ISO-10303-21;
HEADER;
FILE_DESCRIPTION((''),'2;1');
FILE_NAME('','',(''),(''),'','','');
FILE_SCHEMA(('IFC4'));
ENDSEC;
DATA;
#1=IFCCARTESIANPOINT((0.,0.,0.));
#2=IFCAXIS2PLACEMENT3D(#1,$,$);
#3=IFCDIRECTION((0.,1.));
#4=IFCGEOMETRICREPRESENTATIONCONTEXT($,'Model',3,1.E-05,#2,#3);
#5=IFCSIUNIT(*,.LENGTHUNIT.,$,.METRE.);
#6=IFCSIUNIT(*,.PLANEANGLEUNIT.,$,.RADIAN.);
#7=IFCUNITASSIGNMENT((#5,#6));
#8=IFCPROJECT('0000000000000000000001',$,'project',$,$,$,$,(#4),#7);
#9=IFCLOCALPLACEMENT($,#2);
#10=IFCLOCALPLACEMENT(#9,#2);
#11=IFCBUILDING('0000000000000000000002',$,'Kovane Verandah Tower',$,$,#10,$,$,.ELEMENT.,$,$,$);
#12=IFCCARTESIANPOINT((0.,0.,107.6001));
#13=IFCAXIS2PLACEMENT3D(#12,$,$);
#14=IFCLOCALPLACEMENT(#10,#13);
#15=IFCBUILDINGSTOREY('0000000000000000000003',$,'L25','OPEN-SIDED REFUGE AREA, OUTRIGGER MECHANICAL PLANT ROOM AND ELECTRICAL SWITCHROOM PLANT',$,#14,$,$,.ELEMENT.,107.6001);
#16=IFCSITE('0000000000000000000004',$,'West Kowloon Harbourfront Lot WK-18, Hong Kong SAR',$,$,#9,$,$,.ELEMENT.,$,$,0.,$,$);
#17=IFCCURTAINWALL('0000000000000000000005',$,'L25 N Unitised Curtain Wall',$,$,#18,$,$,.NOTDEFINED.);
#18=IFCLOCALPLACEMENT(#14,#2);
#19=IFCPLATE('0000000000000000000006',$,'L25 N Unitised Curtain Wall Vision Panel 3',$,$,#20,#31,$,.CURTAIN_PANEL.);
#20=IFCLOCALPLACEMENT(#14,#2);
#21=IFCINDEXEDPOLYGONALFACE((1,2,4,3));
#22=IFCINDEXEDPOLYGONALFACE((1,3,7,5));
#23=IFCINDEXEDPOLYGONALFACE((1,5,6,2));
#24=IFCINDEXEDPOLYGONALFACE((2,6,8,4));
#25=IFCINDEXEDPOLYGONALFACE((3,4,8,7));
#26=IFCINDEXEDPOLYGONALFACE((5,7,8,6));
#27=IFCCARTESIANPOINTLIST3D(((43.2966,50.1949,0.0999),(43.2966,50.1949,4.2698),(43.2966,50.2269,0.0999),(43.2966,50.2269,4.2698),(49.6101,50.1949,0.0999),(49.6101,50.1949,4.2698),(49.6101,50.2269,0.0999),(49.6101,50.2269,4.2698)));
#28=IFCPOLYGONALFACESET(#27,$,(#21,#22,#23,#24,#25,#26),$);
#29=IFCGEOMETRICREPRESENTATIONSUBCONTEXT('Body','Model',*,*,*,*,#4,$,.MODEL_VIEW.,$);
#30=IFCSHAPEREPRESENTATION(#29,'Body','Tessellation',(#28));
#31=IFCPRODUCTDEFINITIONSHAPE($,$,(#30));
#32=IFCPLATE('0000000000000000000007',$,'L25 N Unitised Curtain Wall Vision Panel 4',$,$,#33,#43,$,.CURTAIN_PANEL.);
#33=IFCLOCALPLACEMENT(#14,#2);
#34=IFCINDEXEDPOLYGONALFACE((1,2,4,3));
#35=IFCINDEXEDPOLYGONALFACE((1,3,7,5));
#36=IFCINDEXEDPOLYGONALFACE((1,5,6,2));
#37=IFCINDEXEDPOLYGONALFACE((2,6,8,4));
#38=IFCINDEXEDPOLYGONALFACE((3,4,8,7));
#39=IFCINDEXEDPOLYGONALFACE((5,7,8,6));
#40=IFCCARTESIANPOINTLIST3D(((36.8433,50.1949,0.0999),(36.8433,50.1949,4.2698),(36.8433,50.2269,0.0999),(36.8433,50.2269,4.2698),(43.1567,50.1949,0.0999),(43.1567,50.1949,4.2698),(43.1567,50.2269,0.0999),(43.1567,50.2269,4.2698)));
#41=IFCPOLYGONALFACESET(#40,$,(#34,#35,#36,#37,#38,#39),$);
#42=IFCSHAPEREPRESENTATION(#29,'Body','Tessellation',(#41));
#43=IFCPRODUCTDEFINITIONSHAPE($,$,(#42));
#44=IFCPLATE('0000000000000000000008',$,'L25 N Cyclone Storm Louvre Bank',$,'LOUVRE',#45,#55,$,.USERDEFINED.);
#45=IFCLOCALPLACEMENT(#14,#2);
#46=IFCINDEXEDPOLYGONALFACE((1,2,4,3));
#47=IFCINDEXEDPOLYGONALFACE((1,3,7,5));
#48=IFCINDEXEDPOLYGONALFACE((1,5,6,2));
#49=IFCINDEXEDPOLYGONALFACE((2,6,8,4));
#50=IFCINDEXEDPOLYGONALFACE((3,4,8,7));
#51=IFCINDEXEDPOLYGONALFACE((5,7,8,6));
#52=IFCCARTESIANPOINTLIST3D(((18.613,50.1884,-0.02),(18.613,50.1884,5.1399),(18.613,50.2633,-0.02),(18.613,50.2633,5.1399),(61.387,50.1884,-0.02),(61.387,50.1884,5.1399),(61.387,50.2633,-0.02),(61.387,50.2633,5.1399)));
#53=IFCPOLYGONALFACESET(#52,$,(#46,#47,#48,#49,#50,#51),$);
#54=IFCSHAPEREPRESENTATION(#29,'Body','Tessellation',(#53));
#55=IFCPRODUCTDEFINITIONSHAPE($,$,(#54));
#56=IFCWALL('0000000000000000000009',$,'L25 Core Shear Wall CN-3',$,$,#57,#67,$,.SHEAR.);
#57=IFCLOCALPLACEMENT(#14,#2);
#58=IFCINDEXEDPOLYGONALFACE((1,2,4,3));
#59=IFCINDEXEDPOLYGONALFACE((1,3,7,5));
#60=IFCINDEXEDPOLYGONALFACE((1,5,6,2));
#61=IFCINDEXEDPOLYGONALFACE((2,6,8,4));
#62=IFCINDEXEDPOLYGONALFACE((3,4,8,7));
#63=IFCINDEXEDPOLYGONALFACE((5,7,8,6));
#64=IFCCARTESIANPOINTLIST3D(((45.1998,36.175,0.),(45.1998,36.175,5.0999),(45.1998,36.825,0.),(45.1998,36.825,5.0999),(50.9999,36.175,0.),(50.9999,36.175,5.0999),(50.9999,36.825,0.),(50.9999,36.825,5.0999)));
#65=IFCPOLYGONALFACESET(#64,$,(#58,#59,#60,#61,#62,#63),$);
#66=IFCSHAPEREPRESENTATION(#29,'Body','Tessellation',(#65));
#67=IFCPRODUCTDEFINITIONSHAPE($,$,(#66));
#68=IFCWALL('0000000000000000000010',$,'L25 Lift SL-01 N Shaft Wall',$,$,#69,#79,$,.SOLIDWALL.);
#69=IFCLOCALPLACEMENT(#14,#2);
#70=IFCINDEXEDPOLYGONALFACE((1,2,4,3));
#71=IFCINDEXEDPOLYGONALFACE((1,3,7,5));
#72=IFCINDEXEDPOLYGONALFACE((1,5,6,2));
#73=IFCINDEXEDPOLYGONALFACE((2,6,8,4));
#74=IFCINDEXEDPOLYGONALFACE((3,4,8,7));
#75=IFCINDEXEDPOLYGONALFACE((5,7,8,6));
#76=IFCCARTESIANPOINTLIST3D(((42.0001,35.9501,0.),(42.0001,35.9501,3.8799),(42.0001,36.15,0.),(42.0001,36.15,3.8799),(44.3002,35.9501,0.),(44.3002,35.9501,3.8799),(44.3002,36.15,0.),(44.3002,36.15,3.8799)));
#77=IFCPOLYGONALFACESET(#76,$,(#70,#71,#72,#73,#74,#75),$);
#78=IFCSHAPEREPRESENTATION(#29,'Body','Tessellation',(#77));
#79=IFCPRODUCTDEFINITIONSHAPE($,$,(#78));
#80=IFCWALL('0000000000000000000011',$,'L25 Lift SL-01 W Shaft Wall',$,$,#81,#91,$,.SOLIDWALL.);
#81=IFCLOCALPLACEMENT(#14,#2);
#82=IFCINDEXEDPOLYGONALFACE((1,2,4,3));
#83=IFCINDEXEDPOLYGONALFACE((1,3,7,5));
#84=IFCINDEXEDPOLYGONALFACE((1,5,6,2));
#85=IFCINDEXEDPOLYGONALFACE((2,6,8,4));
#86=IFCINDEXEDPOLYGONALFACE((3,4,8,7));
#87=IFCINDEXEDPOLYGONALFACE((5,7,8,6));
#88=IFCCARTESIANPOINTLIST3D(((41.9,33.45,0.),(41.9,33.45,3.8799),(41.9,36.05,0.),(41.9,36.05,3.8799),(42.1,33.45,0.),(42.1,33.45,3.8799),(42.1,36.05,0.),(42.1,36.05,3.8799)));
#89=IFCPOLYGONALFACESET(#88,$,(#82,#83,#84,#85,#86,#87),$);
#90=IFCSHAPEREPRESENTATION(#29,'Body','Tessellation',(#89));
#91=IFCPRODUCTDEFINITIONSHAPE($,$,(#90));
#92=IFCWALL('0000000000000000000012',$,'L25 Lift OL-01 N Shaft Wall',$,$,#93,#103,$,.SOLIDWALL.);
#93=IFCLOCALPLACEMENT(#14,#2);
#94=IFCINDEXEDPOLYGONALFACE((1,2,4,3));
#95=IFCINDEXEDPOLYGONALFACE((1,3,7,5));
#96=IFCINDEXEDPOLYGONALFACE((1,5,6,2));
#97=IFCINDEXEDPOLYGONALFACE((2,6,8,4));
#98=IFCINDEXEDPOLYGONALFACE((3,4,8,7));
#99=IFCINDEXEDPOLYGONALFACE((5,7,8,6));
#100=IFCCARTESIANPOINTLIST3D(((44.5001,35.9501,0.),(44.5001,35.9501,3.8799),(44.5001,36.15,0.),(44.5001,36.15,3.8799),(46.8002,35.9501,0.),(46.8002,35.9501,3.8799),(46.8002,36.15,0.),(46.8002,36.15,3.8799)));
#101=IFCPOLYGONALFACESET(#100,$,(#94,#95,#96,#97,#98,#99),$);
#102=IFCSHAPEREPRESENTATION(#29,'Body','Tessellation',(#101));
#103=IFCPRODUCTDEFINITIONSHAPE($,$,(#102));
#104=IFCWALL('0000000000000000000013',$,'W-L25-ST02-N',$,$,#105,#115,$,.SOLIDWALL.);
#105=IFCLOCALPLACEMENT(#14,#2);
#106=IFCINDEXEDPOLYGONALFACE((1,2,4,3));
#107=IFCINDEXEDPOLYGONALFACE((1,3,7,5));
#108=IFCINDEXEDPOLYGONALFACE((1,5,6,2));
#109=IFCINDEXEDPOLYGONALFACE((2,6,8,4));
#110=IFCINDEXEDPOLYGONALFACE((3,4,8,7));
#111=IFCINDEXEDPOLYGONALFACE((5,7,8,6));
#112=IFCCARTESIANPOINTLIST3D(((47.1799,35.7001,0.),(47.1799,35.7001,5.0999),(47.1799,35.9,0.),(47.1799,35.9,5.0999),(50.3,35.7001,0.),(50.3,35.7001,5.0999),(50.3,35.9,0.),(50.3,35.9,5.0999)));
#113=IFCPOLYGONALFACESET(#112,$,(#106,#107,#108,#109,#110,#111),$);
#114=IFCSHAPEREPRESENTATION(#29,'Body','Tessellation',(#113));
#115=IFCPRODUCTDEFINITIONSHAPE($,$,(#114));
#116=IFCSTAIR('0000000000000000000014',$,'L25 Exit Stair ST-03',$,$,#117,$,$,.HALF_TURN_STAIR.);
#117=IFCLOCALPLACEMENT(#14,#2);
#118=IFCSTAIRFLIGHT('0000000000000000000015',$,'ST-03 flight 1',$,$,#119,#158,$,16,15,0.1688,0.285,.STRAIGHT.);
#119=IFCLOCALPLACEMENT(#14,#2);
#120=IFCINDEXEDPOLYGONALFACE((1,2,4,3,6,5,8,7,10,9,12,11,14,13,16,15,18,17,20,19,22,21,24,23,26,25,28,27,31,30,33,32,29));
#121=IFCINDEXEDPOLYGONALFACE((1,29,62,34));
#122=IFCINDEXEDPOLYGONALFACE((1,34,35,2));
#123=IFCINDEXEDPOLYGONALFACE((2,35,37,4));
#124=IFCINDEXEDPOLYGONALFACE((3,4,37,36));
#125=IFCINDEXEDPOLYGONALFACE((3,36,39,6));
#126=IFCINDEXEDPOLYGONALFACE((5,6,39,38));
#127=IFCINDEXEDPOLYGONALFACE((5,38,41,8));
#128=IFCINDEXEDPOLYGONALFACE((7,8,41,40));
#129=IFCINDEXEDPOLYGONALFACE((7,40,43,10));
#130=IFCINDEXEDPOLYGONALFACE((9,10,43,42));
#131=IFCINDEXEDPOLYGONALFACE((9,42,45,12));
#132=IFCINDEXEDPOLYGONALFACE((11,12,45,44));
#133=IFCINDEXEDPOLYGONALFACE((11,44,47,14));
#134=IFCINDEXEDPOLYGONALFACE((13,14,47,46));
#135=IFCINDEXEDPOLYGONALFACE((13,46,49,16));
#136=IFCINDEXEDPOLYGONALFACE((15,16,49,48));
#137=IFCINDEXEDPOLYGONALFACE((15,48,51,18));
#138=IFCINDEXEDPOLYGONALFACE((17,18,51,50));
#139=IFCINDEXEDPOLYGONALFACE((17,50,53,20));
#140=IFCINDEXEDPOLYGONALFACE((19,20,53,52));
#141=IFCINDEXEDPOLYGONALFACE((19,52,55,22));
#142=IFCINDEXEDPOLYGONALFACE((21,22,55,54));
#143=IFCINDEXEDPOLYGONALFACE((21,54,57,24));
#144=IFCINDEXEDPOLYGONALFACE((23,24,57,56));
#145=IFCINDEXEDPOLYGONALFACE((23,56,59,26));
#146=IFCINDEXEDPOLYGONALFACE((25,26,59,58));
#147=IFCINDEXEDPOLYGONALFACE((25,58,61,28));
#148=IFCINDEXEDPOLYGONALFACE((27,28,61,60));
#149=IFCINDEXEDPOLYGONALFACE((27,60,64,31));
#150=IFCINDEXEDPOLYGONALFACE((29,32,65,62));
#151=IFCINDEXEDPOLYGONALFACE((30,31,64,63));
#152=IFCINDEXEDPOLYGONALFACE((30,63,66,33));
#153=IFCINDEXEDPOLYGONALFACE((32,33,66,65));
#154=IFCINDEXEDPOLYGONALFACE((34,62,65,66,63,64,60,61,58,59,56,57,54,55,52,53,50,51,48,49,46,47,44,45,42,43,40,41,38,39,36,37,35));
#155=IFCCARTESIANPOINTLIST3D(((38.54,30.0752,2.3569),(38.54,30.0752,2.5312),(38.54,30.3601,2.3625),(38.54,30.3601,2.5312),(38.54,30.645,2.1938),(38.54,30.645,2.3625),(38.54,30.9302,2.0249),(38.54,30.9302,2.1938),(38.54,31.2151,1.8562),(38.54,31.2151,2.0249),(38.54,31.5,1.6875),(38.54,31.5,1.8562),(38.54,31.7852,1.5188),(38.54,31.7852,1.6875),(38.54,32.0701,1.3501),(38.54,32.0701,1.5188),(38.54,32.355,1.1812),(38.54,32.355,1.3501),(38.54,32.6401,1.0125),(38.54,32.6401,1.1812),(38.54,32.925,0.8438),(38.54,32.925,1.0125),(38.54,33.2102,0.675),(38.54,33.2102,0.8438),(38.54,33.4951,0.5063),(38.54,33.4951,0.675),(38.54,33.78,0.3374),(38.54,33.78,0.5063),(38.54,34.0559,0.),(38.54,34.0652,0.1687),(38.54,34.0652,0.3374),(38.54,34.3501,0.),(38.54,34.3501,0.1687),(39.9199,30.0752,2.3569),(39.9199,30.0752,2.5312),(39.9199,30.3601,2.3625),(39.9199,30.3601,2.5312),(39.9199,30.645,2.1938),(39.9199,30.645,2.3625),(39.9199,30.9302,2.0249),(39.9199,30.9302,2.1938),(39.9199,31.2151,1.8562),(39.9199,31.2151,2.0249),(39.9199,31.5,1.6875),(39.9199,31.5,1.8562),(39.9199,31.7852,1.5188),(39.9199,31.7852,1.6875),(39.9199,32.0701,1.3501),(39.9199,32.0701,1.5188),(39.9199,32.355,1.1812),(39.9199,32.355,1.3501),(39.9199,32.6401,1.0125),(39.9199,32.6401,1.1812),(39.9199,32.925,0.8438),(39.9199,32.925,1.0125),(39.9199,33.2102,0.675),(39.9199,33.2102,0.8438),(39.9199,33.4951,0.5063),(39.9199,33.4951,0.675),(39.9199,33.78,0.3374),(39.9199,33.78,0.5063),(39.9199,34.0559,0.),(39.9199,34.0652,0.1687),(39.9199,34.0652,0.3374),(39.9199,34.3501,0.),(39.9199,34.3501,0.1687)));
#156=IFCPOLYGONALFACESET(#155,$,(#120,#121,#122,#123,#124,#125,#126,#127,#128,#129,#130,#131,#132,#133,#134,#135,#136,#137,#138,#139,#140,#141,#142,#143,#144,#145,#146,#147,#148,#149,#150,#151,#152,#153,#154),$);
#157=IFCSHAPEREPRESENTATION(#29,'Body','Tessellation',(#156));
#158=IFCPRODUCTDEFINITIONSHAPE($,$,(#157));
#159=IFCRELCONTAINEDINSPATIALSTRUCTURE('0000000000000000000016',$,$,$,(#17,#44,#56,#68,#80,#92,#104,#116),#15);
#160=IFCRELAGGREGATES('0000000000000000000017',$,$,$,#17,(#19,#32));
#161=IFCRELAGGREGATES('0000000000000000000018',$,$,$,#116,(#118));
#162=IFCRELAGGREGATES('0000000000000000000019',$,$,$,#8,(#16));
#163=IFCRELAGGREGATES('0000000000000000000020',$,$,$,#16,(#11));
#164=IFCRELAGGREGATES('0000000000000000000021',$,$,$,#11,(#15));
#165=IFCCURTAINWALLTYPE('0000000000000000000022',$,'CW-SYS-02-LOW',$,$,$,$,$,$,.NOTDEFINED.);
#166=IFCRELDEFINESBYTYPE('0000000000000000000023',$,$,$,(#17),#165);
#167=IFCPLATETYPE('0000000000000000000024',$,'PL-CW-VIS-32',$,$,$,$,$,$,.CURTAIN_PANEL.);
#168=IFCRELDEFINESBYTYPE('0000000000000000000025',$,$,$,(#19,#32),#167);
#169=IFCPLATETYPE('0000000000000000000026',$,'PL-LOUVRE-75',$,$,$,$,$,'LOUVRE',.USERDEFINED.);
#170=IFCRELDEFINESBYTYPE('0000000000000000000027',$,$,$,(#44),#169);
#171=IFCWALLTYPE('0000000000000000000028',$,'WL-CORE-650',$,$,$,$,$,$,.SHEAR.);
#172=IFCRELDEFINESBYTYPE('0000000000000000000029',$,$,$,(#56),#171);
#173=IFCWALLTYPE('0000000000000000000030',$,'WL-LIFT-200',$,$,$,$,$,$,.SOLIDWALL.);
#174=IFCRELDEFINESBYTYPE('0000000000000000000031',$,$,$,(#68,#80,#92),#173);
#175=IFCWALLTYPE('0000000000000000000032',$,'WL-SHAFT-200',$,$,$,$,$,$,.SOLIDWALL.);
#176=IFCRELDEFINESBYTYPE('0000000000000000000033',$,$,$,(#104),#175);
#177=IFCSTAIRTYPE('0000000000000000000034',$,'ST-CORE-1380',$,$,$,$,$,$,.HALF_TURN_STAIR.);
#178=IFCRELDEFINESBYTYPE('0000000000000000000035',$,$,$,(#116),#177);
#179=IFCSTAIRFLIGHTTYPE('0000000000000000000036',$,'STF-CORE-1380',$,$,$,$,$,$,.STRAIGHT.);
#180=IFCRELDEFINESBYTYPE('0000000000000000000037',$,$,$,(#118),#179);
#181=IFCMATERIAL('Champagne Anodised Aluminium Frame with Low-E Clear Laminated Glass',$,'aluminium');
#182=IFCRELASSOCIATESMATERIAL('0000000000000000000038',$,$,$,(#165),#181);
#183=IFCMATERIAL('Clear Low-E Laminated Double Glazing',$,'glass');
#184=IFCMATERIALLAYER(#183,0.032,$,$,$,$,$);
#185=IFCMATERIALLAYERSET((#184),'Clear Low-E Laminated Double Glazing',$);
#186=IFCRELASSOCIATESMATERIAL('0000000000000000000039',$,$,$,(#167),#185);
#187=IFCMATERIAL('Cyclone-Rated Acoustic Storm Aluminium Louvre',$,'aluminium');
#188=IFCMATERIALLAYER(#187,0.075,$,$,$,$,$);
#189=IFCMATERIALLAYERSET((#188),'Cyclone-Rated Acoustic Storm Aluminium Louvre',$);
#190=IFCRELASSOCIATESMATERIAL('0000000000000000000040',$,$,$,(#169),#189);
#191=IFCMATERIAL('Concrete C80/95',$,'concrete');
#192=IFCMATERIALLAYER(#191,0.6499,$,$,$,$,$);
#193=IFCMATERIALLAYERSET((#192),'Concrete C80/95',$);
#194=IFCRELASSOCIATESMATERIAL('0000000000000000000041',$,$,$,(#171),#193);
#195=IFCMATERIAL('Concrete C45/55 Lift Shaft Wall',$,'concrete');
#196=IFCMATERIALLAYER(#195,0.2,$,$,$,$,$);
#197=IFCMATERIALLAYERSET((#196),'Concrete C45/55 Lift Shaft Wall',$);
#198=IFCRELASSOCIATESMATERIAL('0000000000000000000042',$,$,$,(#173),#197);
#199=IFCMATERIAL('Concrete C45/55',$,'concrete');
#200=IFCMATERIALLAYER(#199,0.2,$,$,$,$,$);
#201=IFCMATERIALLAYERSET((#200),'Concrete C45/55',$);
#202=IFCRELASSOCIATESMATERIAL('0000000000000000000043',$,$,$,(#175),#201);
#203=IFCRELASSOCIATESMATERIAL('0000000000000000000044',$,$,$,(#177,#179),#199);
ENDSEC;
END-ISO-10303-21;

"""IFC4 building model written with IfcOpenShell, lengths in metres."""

from ifc_helpers import new_model, si_unit, direction, frame, frame_2d, origin, origin_2d, place, context, subcontext, project, spatial, polyline, rectangle, outline, extrude, material, layer, layer_set, type_object, element, aggregate, save


model = new_model("IFC4")

# Units and contexts
model_context = context("Model", 3, precision=1e-05, world=origin(), true_north=direction((0.0, 1.0)))
body_context = subcontext(model_context, "Body", "Model", "MODEL_VIEW")
ifc_project = project(units=[si_unit("LENGTHUNIT", "METRE"), si_unit("PLANEANGLEUNIT", "RADIAN")], contexts=[model_context])

# Site, building, storey
site_placement = place(None, origin())
site = spatial("IfcSite", under=ifc_project, at=site_placement, Name="West Kowloon Harbourfront Lot WK-18, Hong Kong SAR", CompositionType="ELEMENT", RefElevation=0.0)
building_placement = place(site_placement, origin())
building = spatial("IfcBuilding", under=site, at=building_placement, Name="Kovane Verandah Tower", CompositionType="ELEMENT")
storey_placement = place(building_placement, frame((0.0, 0.0, 107.6001)))
storey = spatial("IfcBuildingStorey", under=building, at=storey_placement, Name="L25", Description="OPEN-SIDED REFUGE AREA, OUTRIGGER MECHANICAL PLANT ROOM AND ELECTRICAL SWITCHROOM PLANT", CompositionType="ELEMENT", Elevation=107.6001)

# Shared definitions
ifc_material_1 = material(Name="Concrete C80/95", Category="concrete")

# Curtain wall, plates
ifc_material_2 = material(Name="Champagne Anodised Aluminium Frame with Low-E Clear Laminated Glass", Category="aluminium")
curtain_wall_type = type_object("IfcCurtainWallType", Name="CW-SYS-02-LOW", PredefinedType="NOTDEFINED", material=ifc_material_2)
curtain_wall_placement = place(storey_placement, origin())
curtain_wall = element("IfcCurtainWall", 1, at=curtain_wall_placement, inside=storey, type_object=curtain_wall_type, Name="L25 N Unitised Curtain Wall", PredefinedType="NOTDEFINED")
ifc_material_3 = material(Name="Clear Low-E Laminated Double Glazing", Category="glass")
ifc_layer_1 = layer(ifc_material_3, 0.032)
ifc_layer_set_1 = layer_set([ifc_layer_1], Name="Clear Low-E Laminated Double Glazing")
plate_type_1 = type_object("IfcPlateType", Name="PL-CW-VIS-32", PredefinedType="CURTAIN_PANEL", material=ifc_layer_set_1)
plate_1_placement = place(storey_placement, frame((46.4534, 50.2109, 0.0999), z_axis=(0.0, 0.0, 1.0), x_axis=(-1.0, 0.0, 0.0)))
plate_1 = element("IfcPlate", 2, at=plate_1_placement, type_object=plate_type_1, Name="L25 N Unitised Curtain Wall Vision Panel 3", PredefinedType="CURTAIN_PANEL", context=body_context, shape_type="SweptSolid", body=[
    extrude(rectangle(XDim=6.3135, YDim=0.032, at=origin_2d()), origin(), (0.0, 0.0, 1.0), 4.1699),
])
plate_2_placement = place(storey_placement, frame((40.0, 50.2109, 0.0999), z_axis=(0.0, 0.0, 1.0), x_axis=(-1.0, 0.0, 0.0)))
plate_2 = element("IfcPlate", 3, at=plate_2_placement, type_object=plate_type_1, Name="L25 N Unitised Curtain Wall Vision Panel 4", PredefinedType="CURTAIN_PANEL", context=body_context, shape_type="SweptSolid", body=[
    extrude(rectangle(XDim=6.3135, YDim=0.032, at=origin_2d()), origin(), (0.0, 0.0, 1.0), 4.1699),
])
aggregate(curtain_wall, [plate_1, plate_2])

# Plate
ifc_material_4 = material(Name="Cyclone-Rated Acoustic Storm Aluminium Louvre", Category="aluminium")
ifc_layer_2 = layer(ifc_material_4, 0.075)
ifc_layer_set_2 = layer_set([ifc_layer_2], Name="Cyclone-Rated Acoustic Storm Aluminium Louvre")
plate_type_2 = type_object("IfcPlateType", Name="PL-LOUVRE-75", ElementType="LOUVRE", PredefinedType="USERDEFINED", material=ifc_layer_set_2)
plate_3_placement = place(storey_placement, frame((40.0, 50.2258, -0.02), z_axis=(0.0, 0.0, 1.0), x_axis=(-1.0, 0.0, 0.0)))
element("IfcPlate", 4, at=plate_3_placement, inside=storey, type_object=plate_type_2, Name="L25 N Cyclone Storm Louvre Bank", ObjectType="LOUVRE", PredefinedType="USERDEFINED", context=body_context, shape_type="SweptSolid", body=[
    extrude(rectangle(XDim=42.7739, YDim=0.075, at=origin_2d()), origin(), (0.0, 0.0, 1.0), 5.1599),
])

# Walls
ifc_layer_3 = layer(ifc_material_1, 0.6499)
ifc_layer_set_3 = layer_set([ifc_layer_3], Name="Concrete C80/95")
wall_type_1 = type_object("IfcWallType", Name="WL-CORE-650", PredefinedType="SHEAR", material=ifc_layer_set_3)
wall_1_placement = place(storey_placement, frame((45.2, 36.5, 0.0), z_axis=(0.0, 0.0, 1.0), x_axis=(1.0, 0.0, 0.0)))
element("IfcWall", 5, at=wall_1_placement, inside=storey, type_object=wall_type_1, Name="L25 Core Shear Wall CN-3", PredefinedType="SHEAR", context=body_context, shape_type="SweptSolid", body=[
    extrude(rectangle(XDim=5.8, YDim=0.6499, at=frame_2d((2.8999, 0.0))), origin(), (0.0, 0.0, 1.0), 5.0999),
])
ifc_material_5 = material(Name="Concrete C45/55 Lift Shaft Wall", Category="concrete")
ifc_layer_4 = layer(ifc_material_5, 0.2)
ifc_layer_set_4 = layer_set([ifc_layer_4], Name="Concrete C45/55 Lift Shaft Wall")
wall_type_2 = type_object("IfcWallType", Name="WL-LIFT-200", PredefinedType="SOLIDWALL", material=ifc_layer_set_4)
wall_2_placement = place(storey_placement, frame((44.3, 36.05, 0.0), z_axis=(0.0, 0.0, 1.0), x_axis=(-1.0, 0.0, 0.0)))
element("IfcWall", 6, at=wall_2_placement, inside=storey, type_object=wall_type_2, Name="L25 Lift SL-01 N Shaft Wall", PredefinedType="SOLIDWALL", context=body_context, shape_type="SweptSolid", body=[
    extrude(rectangle(XDim=2.3, YDim=0.2, at=frame_2d((1.1499, 0.0))), origin(), (0.0, 0.0, 1.0), 3.8799),
])
wall_3_placement = place(storey_placement, frame((42.0, 36.05, 0.0), z_axis=(0.0, 0.0, 1.0), x_axis=(0.0, -1.0, 0.0)))
element("IfcWall", 7, at=wall_3_placement, inside=storey, type_object=wall_type_2, Name="L25 Lift SL-01 W Shaft Wall", PredefinedType="SOLIDWALL", context=body_context, shape_type="SweptSolid", body=[
    extrude(rectangle(XDim=2.6001, YDim=0.2, at=frame_2d((1.3, 0.0))), origin(), (0.0, 0.0, 1.0), 3.8799),
])
wall_4_placement = place(storey_placement, frame((46.8, 36.05, 0.0), z_axis=(0.0, 0.0, 1.0), x_axis=(-1.0, 0.0, 0.0)))
element("IfcWall", 8, at=wall_4_placement, inside=storey, type_object=wall_type_2, Name="L25 Lift OL-01 N Shaft Wall", PredefinedType="SOLIDWALL", context=body_context, shape_type="SweptSolid", body=[
    extrude(rectangle(XDim=2.3, YDim=0.2, at=frame_2d((1.1499, 0.0))), origin(), (0.0, 0.0, 1.0), 3.8799),
])
ifc_material_6 = material(Name="Concrete C45/55", Category="concrete")
ifc_layer_5 = layer(ifc_material_6, 0.2)
ifc_layer_set_5 = layer_set([ifc_layer_5], Name="Concrete C45/55")
wall_type_3 = type_object("IfcWallType", Name="WL-SHAFT-200", PredefinedType="SOLIDWALL", material=ifc_layer_set_5)
wall_5_placement = place(storey_placement, frame((47.1799, 35.8, 0.0), z_axis=(0.0, 0.0, 1.0), x_axis=(1.0, 0.0, 0.0)))
element("IfcWall", 9, at=wall_5_placement, inside=storey, type_object=wall_type_3, Name="W-L25-ST02-N", PredefinedType="SOLIDWALL", context=body_context, shape_type="SweptSolid", body=[
    extrude(rectangle(XDim=3.1201, YDim=0.2, at=frame_2d((1.5601, 0.0))), origin(), (0.0, 0.0, 1.0), 5.0999),
])

# Stair, stair flight
stair_type = type_object("IfcStairType", Name="ST-CORE-1380", PredefinedType="HALF_TURN_STAIR", material=ifc_material_6)
stair_placement = place(storey_placement, origin())
stair = element("IfcStair", 10, at=stair_placement, inside=storey, type_object=stair_type, Name="L25 Exit Stair ST-03", PredefinedType="HALF_TURN_STAIR")
stair_flight_type = type_object("IfcStairFlightType", Name="STF-CORE-1380", PredefinedType="STRAIGHT", material=ifc_material_6)
stair_flight_placement = place(storey_placement, frame((39.23, 34.3501, 0.0), z_axis=(0.0, 0.0, 1.0), x_axis=(0.0, -1.0, 0.0)))
stair_flight = element("IfcStairFlight", 11, at=stair_flight_placement, type_object=stair_flight_type, Name="ST-03 flight 1", NumberOfRisers=16, NumberOfTreads=15, PredefinedType="STRAIGHT", RiserHeight=0.1688, TreadLength=0.285, context=body_context, shape_type="SweptSolid", body=[
    extrude(outline(polyline([(0.0, 0.0), (0.0, 0.1687), (0.2849, 0.1687), (0.2849, 0.3374), (0.5701, 0.3374), (0.5701, 0.5063), (0.855, 0.5063), (0.855, 0.675), (1.1399, 0.675), (1.1399, 0.8438), (1.425, 0.8438), (1.425, 1.0125), (1.71, 1.0125), (1.71, 1.1812), (1.9951, 1.1812), (1.9951, 1.3501), (2.28, 1.3501), (2.28, 1.5188), (2.5649, 1.5188), (2.5649, 1.6875), (2.8501, 1.6875), (2.8501, 1.8562), (3.135, 1.8562), (3.135, 2.0249), (3.4199, 2.0249), (3.4199, 2.1938), (3.7051, 2.1938), (3.7051, 2.3625), (3.99, 2.3625), (3.99, 2.5312), (4.2749, 2.5312), (4.2749, 2.7), (4.2749, 2.3569), (0.2942, 0.0), (0.0, 0.0)])), frame((0.0, 0.6899, 0.0), z_axis=(0.0, -1.0, 0.0), x_axis=(1.0, 0.0, 0.0)), (0.0, 0.0, 1.0), 1.3799),
])
aggregate(stair, [stair_flight])

save(model, "model.ifc")
